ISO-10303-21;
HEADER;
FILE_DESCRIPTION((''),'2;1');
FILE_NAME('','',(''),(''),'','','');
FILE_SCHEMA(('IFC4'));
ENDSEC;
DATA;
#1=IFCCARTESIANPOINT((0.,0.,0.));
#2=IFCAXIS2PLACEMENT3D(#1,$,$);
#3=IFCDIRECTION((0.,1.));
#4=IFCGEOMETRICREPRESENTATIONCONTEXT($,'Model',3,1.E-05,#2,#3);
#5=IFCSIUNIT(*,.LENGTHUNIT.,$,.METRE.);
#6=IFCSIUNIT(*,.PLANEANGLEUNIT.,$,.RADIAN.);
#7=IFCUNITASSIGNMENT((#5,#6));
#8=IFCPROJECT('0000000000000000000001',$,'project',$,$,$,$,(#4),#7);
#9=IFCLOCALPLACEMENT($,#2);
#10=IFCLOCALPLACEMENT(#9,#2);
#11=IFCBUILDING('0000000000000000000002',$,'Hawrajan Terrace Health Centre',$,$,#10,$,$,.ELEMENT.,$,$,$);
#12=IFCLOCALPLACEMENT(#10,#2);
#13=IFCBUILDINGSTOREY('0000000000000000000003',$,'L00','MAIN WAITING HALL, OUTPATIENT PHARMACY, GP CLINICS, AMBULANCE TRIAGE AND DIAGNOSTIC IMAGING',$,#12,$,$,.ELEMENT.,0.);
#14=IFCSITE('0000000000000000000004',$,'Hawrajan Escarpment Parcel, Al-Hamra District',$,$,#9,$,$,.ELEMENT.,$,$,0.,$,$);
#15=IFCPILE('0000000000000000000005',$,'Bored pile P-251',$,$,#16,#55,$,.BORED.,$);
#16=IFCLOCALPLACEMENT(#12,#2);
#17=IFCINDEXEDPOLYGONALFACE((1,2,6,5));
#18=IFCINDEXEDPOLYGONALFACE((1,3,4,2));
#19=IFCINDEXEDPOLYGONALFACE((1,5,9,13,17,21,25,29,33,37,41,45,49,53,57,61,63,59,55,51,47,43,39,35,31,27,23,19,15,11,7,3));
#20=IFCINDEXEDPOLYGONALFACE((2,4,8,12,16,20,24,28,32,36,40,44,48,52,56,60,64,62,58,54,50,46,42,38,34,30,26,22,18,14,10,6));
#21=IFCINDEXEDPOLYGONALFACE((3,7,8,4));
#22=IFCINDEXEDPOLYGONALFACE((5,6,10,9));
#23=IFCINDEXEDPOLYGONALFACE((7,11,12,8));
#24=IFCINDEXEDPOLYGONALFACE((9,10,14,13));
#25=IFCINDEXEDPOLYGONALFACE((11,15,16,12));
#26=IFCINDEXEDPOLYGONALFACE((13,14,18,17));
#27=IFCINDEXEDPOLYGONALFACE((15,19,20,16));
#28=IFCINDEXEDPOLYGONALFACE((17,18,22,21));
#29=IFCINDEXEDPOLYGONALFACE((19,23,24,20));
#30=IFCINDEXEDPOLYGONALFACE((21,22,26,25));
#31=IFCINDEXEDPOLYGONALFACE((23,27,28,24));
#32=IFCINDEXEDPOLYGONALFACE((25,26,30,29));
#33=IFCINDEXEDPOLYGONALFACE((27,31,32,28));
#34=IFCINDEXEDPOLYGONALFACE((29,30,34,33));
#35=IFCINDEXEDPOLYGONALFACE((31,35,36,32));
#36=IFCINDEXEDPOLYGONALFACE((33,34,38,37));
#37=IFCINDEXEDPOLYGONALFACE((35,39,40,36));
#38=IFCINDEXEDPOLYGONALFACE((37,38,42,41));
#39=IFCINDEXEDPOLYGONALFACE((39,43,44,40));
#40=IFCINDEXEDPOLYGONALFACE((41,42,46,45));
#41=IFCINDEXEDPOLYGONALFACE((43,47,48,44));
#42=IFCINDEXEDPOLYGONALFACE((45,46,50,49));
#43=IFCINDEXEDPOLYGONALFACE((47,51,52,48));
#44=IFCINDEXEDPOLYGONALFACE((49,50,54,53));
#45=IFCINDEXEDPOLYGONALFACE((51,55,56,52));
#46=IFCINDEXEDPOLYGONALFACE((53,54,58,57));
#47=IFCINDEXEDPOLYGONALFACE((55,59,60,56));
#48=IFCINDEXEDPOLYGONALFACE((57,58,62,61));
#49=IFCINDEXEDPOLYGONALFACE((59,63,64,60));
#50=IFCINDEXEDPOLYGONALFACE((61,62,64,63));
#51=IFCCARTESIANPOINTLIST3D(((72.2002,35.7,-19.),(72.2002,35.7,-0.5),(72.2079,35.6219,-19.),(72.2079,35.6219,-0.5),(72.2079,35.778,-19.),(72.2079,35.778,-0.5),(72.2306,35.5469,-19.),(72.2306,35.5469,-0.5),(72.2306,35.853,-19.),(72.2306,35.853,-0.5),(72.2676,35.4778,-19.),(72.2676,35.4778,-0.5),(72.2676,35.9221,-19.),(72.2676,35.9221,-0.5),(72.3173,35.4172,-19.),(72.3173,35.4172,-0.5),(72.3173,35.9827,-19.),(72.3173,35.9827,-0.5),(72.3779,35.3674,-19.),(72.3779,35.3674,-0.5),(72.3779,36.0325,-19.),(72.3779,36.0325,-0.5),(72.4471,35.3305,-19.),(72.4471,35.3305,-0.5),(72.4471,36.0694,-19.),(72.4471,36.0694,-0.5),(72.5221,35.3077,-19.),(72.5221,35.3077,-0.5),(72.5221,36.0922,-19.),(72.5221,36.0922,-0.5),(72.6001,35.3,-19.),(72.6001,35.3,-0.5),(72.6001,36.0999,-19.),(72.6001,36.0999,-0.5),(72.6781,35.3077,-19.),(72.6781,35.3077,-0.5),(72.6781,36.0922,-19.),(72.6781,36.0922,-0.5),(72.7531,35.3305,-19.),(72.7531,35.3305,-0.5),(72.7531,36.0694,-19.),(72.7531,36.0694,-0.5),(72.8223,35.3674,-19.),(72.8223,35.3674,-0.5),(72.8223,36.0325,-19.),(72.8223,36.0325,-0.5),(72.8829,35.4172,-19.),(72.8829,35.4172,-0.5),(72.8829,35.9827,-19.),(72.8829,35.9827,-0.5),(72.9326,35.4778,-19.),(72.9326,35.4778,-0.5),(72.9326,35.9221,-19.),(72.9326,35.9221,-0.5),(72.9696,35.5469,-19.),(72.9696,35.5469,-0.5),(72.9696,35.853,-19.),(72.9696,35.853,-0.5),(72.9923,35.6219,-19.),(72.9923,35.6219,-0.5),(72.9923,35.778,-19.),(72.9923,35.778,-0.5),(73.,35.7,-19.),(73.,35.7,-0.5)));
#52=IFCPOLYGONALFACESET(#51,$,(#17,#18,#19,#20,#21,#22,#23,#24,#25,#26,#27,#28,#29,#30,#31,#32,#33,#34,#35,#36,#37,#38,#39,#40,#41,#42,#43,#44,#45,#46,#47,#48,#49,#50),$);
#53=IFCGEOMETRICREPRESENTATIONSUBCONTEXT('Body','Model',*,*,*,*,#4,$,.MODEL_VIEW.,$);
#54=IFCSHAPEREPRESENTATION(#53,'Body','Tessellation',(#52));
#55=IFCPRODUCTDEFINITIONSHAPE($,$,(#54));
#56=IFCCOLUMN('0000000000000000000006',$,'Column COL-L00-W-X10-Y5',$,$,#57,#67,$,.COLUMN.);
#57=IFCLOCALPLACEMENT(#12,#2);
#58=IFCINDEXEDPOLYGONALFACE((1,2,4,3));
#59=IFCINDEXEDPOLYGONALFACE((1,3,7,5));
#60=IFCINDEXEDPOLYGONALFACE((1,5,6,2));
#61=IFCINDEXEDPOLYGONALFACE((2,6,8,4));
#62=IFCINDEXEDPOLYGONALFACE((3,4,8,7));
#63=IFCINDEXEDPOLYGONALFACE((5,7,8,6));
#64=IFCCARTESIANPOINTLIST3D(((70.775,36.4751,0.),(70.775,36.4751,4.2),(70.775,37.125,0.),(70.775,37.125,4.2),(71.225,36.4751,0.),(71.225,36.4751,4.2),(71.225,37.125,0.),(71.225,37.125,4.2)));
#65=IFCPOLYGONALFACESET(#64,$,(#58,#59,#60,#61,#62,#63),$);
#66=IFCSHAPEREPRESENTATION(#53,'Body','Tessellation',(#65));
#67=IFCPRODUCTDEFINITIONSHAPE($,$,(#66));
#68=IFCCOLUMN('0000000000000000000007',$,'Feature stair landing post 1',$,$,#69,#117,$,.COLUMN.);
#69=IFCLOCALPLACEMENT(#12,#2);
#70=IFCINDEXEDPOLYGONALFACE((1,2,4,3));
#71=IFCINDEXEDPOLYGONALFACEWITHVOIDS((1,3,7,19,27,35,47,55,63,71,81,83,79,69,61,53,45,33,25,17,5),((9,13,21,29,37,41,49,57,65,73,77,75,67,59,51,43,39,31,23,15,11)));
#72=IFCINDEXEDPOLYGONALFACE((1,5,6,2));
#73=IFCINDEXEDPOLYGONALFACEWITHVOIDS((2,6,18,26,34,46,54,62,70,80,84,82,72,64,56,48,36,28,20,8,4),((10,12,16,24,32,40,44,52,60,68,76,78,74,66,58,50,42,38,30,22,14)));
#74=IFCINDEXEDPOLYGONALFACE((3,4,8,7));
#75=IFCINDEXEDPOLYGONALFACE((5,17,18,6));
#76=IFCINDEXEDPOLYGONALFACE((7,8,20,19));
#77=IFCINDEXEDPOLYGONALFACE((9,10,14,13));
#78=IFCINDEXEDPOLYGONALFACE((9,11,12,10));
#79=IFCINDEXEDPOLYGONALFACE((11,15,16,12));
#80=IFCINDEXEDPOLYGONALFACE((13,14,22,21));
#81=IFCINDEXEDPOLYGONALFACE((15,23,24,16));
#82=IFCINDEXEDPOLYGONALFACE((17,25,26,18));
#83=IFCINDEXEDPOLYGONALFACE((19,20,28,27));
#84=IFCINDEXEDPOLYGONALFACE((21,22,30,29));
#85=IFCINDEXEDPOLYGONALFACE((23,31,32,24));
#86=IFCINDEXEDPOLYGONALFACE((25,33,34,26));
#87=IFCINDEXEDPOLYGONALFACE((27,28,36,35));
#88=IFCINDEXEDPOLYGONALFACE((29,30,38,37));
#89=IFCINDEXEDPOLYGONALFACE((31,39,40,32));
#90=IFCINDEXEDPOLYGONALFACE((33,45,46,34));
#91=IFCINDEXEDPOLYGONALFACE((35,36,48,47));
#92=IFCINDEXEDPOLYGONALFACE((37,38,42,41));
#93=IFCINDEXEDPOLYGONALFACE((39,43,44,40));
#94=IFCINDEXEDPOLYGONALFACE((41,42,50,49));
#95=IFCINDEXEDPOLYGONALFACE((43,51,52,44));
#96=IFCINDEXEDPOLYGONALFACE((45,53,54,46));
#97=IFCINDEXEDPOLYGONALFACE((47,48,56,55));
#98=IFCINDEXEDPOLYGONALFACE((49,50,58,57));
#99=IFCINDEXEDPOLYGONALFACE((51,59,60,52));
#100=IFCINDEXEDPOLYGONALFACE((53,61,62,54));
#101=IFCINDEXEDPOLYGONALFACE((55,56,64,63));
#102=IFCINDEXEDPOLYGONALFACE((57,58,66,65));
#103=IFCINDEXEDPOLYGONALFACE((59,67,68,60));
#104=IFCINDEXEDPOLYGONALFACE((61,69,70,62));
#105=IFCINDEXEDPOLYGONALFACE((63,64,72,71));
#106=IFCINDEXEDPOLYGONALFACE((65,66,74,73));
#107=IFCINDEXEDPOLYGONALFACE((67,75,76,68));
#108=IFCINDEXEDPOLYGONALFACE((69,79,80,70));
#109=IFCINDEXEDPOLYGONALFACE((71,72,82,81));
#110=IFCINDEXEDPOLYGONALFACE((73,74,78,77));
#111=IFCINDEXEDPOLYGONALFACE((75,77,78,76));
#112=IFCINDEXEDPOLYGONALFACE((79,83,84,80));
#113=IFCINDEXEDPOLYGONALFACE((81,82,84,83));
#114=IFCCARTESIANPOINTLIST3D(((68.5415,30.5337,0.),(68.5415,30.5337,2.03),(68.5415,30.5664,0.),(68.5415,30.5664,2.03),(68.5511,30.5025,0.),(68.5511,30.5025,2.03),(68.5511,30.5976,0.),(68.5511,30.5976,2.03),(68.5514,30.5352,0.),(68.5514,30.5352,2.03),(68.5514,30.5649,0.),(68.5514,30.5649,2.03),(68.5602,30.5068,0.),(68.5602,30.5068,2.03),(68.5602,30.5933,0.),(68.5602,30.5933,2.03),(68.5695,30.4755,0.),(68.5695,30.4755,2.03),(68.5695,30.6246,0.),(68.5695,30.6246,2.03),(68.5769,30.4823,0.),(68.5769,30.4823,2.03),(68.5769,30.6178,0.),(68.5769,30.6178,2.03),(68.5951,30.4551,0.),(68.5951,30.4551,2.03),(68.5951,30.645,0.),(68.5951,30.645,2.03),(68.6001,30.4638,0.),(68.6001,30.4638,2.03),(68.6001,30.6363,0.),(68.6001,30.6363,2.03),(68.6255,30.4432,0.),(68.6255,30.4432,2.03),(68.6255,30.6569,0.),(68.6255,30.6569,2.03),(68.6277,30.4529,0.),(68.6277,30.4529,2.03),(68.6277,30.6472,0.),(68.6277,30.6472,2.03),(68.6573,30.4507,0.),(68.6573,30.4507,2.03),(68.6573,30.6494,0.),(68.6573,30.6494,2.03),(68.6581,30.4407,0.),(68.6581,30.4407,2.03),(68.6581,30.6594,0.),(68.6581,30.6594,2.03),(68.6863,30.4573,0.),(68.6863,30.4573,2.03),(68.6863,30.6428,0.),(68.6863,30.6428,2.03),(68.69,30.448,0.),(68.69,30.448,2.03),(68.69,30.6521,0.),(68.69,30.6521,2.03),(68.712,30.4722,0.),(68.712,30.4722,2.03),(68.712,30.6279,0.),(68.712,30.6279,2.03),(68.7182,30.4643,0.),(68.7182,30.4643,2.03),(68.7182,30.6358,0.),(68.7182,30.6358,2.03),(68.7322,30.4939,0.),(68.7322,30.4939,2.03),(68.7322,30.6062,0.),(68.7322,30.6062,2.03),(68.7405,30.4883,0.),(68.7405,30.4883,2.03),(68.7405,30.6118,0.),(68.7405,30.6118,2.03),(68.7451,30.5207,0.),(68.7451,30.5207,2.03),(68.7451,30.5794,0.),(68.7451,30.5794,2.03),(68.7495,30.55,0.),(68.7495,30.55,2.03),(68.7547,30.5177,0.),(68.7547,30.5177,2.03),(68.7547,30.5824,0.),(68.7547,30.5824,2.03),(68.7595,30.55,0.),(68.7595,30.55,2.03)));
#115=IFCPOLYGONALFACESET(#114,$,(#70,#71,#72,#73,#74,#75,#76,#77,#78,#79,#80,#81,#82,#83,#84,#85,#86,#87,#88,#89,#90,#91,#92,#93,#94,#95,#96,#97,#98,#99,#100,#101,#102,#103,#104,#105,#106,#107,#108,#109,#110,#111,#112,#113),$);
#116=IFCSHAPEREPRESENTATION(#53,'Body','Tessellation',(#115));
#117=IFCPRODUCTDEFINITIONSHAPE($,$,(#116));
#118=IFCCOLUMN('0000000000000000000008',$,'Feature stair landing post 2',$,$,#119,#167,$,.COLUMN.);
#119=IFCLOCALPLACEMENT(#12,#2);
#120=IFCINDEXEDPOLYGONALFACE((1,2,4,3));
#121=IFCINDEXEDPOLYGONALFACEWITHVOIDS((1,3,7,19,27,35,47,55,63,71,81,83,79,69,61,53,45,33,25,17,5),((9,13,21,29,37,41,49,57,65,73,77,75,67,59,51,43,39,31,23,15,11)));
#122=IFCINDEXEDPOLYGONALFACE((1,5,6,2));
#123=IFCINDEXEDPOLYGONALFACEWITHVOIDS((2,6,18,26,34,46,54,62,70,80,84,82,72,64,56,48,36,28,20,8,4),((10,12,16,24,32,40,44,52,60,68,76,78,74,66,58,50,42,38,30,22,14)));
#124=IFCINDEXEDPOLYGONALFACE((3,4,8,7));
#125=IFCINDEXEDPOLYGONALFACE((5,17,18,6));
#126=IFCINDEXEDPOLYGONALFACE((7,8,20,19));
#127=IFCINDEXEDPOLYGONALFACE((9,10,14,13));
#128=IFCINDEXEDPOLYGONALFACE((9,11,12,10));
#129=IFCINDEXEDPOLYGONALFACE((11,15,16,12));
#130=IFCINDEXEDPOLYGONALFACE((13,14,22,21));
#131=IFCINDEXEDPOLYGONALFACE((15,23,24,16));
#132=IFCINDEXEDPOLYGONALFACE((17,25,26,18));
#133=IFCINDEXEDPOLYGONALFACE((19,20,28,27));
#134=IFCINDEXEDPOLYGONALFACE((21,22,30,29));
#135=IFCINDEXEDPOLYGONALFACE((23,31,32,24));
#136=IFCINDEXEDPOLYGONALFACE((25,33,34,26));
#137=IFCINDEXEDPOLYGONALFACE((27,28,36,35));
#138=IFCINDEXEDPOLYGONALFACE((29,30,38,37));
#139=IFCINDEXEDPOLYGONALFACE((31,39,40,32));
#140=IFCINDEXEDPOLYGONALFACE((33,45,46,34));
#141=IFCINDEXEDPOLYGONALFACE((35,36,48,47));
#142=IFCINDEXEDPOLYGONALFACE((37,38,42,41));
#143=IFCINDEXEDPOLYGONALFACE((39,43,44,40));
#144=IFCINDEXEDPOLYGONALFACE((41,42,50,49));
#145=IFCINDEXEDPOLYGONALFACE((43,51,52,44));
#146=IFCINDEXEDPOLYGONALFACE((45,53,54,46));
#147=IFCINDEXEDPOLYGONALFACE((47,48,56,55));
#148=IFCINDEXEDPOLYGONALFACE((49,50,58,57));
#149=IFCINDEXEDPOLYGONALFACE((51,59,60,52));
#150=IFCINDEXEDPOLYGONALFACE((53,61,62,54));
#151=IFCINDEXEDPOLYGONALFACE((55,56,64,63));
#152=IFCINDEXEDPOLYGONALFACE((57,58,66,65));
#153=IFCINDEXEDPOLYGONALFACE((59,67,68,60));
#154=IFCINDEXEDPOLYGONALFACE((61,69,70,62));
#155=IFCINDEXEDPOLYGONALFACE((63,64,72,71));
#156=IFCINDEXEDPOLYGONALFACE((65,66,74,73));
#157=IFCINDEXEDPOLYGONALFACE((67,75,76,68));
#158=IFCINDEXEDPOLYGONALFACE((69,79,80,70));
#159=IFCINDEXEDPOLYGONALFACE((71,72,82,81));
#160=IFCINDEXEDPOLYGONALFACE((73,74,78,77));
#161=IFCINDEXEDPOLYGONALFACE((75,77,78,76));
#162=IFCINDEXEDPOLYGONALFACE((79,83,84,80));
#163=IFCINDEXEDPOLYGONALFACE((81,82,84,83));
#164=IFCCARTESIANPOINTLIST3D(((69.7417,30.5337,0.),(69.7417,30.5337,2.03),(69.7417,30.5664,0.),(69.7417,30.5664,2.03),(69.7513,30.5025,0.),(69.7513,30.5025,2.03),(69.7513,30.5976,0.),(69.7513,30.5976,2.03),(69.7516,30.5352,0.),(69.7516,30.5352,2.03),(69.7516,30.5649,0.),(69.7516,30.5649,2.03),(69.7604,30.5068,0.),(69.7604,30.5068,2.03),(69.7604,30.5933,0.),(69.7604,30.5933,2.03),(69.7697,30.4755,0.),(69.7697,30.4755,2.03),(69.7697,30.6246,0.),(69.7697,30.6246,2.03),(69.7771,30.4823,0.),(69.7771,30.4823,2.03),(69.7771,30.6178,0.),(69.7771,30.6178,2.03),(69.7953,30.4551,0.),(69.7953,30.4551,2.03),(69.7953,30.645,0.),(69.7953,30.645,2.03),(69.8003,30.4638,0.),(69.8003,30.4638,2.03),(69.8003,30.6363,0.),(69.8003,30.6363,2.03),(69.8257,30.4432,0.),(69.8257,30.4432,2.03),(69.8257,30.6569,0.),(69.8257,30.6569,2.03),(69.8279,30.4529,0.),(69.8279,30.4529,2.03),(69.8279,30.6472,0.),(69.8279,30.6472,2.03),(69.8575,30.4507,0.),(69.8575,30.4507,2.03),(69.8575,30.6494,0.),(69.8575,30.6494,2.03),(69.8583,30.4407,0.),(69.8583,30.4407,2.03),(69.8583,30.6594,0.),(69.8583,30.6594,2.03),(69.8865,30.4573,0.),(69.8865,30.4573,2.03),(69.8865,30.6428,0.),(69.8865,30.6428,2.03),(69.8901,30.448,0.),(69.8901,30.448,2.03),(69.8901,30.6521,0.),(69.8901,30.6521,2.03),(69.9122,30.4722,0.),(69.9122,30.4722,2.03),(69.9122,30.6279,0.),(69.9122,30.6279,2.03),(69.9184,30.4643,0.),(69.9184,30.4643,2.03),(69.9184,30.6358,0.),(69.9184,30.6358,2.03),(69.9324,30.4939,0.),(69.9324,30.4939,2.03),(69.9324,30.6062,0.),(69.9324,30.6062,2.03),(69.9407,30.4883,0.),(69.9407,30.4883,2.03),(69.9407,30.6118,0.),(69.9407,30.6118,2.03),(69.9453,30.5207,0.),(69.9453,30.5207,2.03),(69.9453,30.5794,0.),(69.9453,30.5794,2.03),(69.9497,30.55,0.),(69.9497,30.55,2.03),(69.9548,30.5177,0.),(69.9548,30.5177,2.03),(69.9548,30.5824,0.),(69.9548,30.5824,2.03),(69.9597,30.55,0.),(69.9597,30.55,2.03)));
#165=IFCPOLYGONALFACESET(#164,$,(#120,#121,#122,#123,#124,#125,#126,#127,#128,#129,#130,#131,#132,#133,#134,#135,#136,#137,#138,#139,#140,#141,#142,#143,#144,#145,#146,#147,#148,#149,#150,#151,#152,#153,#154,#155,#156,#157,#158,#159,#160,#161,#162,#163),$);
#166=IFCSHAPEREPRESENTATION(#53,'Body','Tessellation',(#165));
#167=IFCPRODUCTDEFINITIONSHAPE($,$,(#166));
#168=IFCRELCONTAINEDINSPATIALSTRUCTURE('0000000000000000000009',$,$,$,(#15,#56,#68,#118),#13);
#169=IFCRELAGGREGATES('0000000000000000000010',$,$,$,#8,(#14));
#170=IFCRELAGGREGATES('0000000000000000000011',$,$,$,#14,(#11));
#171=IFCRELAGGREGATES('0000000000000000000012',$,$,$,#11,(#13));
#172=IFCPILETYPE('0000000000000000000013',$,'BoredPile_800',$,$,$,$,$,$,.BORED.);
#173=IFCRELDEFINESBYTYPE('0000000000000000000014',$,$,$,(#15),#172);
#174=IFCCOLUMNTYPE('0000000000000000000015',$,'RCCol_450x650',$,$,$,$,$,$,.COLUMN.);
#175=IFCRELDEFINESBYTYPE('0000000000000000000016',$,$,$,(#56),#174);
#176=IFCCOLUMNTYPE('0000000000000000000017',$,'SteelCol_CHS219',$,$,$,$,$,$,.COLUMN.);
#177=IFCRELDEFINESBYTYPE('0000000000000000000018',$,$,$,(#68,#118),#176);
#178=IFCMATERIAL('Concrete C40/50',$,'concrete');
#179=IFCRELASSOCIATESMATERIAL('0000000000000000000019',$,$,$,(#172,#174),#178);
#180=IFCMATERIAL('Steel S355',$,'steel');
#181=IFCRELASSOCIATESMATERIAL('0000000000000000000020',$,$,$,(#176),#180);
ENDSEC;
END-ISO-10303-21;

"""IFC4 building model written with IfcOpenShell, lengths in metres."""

from ifc_helpers import new_model, si_unit, direction, frame, origin, origin_2d, place, context, subcontext, project, spatial, rectangle, circle, hollow_circle, extrude, material, material_profile, profile_set, type_object, element, save


model = new_model("IFC4")

# Units and contexts
model_context = context("Model", 3, precision=1e-05, world=origin(), true_north=direction((0.0, 1.0)))
body_context = subcontext(model_context, "Body", "Model", "MODEL_VIEW")
ifc_project = project(units=[si_unit("LENGTHUNIT", "METRE"), si_unit("PLANEANGLEUNIT", "RADIAN")], contexts=[model_context])

# Site, building, storey
site_placement = place(None, origin())
site = spatial("IfcSite", under=ifc_project, at=site_placement, Name="Hawrajan Escarpment Parcel, Al-Hamra District", CompositionType="ELEMENT", RefElevation=0.0)
building_placement = place(site_placement, origin())
building = spatial("IfcBuilding", under=site, at=building_placement, Name="Hawrajan Terrace Health Centre", CompositionType="ELEMENT")
storey_placement = place(building_placement, origin())
storey = spatial("IfcBuildingStorey", under=building, at=storey_placement, Name="L00", Description="MAIN WAITING HALL, OUTPATIENT PHARMACY, GP CLINICS, AMBULANCE TRIAGE AND DIAGNOSTIC IMAGING", CompositionType="ELEMENT", Elevation=0.0)

# Pile
ifc_material_1 = material(Name="Concrete C40/50", Category="concrete")
ifc_material_profile_1 = material_profile(ifc_material_1, circle(Radius=0.3999, at=origin_2d()), Name="BP 800")
ifc_profile_set_1 = profile_set([ifc_material_profile_1], Name="Concrete C40/50")
pile_type = type_object("IfcPileType", Name="BoredPile_800", PredefinedType="BORED", material=ifc_profile_set_1)
pile_placement = place(storey_placement, frame((72.6001, 35.7, -0.5), z_axis=(0.0, 0.0, -1.0), x_axis=(1.0, 0.0, 0.0)))
element("IfcPile", 1, at=pile_placement, inside=storey, type_object=pile_type, Name="Bored pile P-251", PredefinedType="BORED", context=body_context, shape_type="SweptSolid", body=[
    extrude(circle(Radius=0.3999, at=origin_2d()), origin(), (0.0, 0.0, 1.0), 18.5),
])

# Columns
ifc_material_profile_2 = material_profile(ifc_material_1, rectangle(XDim=0.45, YDim=0.6499, at=origin_2d()), Name="RC 450x650")
ifc_profile_set_2 = profile_set([ifc_material_profile_2], Name="Concrete C40/50")
column_type_1 = type_object("IfcColumnType", Name="RCCol_450x650", PredefinedType="COLUMN", material=ifc_profile_set_2)
column_placement = place(storey_placement, frame((71.0, 36.8, 0.0), z_axis=(0.0, 0.0, 1.0), x_axis=(1.0, 0.0, 0.0)))
element("IfcColumn", 2, at=column_placement, inside=storey, type_object=column_type_1, Name="Column COL-L00-W-X10-Y5", PredefinedType="COLUMN", context=body_context, shape_type="SweptSolid", body=[
    extrude(rectangle(XDim=0.45, YDim=0.6499, at=origin_2d()), origin(), (0.0, 0.0, 1.0), 4.2),
])
ifc_material_2 = material(Name="Steel S355", Category="steel")
ifc_material_profile_3 = material_profile(ifc_material_2, hollow_circle(Radius=0.1096, WallThickness=0.01, at=origin_2d()), Name="CHS 219.1x10.0")
ifc_profile_set_3 = profile_set([ifc_material_profile_3], Name="Steel S355")
column_type_2 = type_object("IfcColumnType", Name="SteelCol_CHS219", PredefinedType="COLUMN", material=ifc_profile_set_3)
for number, where, z_axis, x_axis, name in (
    (3, (68.6499, 30.55, 0.0), (0.0, 0.0, 1.0), (1.0, 0.0, 0.0), "Feature stair landing post 1"),
    (4, (69.8501, 30.55, 0.0), (0.0, 0.0, 1.0), (1.0, 0.0, 0.0), "Feature stair landing post 2"),
):
    element("IfcColumn", number, at=place(storey_placement, frame(where, z_axis=z_axis, x_axis=x_axis)), inside=storey, type_object=column_type_2, Name=name, PredefinedType="COLUMN", context=body_context, shape_type="SweptSolid", body=[
        extrude(hollow_circle(Radius=0.1096, WallThickness=0.01, at=origin_2d()), origin(), (0.0, 0.0, 1.0), 2.03),
    ])

save(model, "model.ifc")
